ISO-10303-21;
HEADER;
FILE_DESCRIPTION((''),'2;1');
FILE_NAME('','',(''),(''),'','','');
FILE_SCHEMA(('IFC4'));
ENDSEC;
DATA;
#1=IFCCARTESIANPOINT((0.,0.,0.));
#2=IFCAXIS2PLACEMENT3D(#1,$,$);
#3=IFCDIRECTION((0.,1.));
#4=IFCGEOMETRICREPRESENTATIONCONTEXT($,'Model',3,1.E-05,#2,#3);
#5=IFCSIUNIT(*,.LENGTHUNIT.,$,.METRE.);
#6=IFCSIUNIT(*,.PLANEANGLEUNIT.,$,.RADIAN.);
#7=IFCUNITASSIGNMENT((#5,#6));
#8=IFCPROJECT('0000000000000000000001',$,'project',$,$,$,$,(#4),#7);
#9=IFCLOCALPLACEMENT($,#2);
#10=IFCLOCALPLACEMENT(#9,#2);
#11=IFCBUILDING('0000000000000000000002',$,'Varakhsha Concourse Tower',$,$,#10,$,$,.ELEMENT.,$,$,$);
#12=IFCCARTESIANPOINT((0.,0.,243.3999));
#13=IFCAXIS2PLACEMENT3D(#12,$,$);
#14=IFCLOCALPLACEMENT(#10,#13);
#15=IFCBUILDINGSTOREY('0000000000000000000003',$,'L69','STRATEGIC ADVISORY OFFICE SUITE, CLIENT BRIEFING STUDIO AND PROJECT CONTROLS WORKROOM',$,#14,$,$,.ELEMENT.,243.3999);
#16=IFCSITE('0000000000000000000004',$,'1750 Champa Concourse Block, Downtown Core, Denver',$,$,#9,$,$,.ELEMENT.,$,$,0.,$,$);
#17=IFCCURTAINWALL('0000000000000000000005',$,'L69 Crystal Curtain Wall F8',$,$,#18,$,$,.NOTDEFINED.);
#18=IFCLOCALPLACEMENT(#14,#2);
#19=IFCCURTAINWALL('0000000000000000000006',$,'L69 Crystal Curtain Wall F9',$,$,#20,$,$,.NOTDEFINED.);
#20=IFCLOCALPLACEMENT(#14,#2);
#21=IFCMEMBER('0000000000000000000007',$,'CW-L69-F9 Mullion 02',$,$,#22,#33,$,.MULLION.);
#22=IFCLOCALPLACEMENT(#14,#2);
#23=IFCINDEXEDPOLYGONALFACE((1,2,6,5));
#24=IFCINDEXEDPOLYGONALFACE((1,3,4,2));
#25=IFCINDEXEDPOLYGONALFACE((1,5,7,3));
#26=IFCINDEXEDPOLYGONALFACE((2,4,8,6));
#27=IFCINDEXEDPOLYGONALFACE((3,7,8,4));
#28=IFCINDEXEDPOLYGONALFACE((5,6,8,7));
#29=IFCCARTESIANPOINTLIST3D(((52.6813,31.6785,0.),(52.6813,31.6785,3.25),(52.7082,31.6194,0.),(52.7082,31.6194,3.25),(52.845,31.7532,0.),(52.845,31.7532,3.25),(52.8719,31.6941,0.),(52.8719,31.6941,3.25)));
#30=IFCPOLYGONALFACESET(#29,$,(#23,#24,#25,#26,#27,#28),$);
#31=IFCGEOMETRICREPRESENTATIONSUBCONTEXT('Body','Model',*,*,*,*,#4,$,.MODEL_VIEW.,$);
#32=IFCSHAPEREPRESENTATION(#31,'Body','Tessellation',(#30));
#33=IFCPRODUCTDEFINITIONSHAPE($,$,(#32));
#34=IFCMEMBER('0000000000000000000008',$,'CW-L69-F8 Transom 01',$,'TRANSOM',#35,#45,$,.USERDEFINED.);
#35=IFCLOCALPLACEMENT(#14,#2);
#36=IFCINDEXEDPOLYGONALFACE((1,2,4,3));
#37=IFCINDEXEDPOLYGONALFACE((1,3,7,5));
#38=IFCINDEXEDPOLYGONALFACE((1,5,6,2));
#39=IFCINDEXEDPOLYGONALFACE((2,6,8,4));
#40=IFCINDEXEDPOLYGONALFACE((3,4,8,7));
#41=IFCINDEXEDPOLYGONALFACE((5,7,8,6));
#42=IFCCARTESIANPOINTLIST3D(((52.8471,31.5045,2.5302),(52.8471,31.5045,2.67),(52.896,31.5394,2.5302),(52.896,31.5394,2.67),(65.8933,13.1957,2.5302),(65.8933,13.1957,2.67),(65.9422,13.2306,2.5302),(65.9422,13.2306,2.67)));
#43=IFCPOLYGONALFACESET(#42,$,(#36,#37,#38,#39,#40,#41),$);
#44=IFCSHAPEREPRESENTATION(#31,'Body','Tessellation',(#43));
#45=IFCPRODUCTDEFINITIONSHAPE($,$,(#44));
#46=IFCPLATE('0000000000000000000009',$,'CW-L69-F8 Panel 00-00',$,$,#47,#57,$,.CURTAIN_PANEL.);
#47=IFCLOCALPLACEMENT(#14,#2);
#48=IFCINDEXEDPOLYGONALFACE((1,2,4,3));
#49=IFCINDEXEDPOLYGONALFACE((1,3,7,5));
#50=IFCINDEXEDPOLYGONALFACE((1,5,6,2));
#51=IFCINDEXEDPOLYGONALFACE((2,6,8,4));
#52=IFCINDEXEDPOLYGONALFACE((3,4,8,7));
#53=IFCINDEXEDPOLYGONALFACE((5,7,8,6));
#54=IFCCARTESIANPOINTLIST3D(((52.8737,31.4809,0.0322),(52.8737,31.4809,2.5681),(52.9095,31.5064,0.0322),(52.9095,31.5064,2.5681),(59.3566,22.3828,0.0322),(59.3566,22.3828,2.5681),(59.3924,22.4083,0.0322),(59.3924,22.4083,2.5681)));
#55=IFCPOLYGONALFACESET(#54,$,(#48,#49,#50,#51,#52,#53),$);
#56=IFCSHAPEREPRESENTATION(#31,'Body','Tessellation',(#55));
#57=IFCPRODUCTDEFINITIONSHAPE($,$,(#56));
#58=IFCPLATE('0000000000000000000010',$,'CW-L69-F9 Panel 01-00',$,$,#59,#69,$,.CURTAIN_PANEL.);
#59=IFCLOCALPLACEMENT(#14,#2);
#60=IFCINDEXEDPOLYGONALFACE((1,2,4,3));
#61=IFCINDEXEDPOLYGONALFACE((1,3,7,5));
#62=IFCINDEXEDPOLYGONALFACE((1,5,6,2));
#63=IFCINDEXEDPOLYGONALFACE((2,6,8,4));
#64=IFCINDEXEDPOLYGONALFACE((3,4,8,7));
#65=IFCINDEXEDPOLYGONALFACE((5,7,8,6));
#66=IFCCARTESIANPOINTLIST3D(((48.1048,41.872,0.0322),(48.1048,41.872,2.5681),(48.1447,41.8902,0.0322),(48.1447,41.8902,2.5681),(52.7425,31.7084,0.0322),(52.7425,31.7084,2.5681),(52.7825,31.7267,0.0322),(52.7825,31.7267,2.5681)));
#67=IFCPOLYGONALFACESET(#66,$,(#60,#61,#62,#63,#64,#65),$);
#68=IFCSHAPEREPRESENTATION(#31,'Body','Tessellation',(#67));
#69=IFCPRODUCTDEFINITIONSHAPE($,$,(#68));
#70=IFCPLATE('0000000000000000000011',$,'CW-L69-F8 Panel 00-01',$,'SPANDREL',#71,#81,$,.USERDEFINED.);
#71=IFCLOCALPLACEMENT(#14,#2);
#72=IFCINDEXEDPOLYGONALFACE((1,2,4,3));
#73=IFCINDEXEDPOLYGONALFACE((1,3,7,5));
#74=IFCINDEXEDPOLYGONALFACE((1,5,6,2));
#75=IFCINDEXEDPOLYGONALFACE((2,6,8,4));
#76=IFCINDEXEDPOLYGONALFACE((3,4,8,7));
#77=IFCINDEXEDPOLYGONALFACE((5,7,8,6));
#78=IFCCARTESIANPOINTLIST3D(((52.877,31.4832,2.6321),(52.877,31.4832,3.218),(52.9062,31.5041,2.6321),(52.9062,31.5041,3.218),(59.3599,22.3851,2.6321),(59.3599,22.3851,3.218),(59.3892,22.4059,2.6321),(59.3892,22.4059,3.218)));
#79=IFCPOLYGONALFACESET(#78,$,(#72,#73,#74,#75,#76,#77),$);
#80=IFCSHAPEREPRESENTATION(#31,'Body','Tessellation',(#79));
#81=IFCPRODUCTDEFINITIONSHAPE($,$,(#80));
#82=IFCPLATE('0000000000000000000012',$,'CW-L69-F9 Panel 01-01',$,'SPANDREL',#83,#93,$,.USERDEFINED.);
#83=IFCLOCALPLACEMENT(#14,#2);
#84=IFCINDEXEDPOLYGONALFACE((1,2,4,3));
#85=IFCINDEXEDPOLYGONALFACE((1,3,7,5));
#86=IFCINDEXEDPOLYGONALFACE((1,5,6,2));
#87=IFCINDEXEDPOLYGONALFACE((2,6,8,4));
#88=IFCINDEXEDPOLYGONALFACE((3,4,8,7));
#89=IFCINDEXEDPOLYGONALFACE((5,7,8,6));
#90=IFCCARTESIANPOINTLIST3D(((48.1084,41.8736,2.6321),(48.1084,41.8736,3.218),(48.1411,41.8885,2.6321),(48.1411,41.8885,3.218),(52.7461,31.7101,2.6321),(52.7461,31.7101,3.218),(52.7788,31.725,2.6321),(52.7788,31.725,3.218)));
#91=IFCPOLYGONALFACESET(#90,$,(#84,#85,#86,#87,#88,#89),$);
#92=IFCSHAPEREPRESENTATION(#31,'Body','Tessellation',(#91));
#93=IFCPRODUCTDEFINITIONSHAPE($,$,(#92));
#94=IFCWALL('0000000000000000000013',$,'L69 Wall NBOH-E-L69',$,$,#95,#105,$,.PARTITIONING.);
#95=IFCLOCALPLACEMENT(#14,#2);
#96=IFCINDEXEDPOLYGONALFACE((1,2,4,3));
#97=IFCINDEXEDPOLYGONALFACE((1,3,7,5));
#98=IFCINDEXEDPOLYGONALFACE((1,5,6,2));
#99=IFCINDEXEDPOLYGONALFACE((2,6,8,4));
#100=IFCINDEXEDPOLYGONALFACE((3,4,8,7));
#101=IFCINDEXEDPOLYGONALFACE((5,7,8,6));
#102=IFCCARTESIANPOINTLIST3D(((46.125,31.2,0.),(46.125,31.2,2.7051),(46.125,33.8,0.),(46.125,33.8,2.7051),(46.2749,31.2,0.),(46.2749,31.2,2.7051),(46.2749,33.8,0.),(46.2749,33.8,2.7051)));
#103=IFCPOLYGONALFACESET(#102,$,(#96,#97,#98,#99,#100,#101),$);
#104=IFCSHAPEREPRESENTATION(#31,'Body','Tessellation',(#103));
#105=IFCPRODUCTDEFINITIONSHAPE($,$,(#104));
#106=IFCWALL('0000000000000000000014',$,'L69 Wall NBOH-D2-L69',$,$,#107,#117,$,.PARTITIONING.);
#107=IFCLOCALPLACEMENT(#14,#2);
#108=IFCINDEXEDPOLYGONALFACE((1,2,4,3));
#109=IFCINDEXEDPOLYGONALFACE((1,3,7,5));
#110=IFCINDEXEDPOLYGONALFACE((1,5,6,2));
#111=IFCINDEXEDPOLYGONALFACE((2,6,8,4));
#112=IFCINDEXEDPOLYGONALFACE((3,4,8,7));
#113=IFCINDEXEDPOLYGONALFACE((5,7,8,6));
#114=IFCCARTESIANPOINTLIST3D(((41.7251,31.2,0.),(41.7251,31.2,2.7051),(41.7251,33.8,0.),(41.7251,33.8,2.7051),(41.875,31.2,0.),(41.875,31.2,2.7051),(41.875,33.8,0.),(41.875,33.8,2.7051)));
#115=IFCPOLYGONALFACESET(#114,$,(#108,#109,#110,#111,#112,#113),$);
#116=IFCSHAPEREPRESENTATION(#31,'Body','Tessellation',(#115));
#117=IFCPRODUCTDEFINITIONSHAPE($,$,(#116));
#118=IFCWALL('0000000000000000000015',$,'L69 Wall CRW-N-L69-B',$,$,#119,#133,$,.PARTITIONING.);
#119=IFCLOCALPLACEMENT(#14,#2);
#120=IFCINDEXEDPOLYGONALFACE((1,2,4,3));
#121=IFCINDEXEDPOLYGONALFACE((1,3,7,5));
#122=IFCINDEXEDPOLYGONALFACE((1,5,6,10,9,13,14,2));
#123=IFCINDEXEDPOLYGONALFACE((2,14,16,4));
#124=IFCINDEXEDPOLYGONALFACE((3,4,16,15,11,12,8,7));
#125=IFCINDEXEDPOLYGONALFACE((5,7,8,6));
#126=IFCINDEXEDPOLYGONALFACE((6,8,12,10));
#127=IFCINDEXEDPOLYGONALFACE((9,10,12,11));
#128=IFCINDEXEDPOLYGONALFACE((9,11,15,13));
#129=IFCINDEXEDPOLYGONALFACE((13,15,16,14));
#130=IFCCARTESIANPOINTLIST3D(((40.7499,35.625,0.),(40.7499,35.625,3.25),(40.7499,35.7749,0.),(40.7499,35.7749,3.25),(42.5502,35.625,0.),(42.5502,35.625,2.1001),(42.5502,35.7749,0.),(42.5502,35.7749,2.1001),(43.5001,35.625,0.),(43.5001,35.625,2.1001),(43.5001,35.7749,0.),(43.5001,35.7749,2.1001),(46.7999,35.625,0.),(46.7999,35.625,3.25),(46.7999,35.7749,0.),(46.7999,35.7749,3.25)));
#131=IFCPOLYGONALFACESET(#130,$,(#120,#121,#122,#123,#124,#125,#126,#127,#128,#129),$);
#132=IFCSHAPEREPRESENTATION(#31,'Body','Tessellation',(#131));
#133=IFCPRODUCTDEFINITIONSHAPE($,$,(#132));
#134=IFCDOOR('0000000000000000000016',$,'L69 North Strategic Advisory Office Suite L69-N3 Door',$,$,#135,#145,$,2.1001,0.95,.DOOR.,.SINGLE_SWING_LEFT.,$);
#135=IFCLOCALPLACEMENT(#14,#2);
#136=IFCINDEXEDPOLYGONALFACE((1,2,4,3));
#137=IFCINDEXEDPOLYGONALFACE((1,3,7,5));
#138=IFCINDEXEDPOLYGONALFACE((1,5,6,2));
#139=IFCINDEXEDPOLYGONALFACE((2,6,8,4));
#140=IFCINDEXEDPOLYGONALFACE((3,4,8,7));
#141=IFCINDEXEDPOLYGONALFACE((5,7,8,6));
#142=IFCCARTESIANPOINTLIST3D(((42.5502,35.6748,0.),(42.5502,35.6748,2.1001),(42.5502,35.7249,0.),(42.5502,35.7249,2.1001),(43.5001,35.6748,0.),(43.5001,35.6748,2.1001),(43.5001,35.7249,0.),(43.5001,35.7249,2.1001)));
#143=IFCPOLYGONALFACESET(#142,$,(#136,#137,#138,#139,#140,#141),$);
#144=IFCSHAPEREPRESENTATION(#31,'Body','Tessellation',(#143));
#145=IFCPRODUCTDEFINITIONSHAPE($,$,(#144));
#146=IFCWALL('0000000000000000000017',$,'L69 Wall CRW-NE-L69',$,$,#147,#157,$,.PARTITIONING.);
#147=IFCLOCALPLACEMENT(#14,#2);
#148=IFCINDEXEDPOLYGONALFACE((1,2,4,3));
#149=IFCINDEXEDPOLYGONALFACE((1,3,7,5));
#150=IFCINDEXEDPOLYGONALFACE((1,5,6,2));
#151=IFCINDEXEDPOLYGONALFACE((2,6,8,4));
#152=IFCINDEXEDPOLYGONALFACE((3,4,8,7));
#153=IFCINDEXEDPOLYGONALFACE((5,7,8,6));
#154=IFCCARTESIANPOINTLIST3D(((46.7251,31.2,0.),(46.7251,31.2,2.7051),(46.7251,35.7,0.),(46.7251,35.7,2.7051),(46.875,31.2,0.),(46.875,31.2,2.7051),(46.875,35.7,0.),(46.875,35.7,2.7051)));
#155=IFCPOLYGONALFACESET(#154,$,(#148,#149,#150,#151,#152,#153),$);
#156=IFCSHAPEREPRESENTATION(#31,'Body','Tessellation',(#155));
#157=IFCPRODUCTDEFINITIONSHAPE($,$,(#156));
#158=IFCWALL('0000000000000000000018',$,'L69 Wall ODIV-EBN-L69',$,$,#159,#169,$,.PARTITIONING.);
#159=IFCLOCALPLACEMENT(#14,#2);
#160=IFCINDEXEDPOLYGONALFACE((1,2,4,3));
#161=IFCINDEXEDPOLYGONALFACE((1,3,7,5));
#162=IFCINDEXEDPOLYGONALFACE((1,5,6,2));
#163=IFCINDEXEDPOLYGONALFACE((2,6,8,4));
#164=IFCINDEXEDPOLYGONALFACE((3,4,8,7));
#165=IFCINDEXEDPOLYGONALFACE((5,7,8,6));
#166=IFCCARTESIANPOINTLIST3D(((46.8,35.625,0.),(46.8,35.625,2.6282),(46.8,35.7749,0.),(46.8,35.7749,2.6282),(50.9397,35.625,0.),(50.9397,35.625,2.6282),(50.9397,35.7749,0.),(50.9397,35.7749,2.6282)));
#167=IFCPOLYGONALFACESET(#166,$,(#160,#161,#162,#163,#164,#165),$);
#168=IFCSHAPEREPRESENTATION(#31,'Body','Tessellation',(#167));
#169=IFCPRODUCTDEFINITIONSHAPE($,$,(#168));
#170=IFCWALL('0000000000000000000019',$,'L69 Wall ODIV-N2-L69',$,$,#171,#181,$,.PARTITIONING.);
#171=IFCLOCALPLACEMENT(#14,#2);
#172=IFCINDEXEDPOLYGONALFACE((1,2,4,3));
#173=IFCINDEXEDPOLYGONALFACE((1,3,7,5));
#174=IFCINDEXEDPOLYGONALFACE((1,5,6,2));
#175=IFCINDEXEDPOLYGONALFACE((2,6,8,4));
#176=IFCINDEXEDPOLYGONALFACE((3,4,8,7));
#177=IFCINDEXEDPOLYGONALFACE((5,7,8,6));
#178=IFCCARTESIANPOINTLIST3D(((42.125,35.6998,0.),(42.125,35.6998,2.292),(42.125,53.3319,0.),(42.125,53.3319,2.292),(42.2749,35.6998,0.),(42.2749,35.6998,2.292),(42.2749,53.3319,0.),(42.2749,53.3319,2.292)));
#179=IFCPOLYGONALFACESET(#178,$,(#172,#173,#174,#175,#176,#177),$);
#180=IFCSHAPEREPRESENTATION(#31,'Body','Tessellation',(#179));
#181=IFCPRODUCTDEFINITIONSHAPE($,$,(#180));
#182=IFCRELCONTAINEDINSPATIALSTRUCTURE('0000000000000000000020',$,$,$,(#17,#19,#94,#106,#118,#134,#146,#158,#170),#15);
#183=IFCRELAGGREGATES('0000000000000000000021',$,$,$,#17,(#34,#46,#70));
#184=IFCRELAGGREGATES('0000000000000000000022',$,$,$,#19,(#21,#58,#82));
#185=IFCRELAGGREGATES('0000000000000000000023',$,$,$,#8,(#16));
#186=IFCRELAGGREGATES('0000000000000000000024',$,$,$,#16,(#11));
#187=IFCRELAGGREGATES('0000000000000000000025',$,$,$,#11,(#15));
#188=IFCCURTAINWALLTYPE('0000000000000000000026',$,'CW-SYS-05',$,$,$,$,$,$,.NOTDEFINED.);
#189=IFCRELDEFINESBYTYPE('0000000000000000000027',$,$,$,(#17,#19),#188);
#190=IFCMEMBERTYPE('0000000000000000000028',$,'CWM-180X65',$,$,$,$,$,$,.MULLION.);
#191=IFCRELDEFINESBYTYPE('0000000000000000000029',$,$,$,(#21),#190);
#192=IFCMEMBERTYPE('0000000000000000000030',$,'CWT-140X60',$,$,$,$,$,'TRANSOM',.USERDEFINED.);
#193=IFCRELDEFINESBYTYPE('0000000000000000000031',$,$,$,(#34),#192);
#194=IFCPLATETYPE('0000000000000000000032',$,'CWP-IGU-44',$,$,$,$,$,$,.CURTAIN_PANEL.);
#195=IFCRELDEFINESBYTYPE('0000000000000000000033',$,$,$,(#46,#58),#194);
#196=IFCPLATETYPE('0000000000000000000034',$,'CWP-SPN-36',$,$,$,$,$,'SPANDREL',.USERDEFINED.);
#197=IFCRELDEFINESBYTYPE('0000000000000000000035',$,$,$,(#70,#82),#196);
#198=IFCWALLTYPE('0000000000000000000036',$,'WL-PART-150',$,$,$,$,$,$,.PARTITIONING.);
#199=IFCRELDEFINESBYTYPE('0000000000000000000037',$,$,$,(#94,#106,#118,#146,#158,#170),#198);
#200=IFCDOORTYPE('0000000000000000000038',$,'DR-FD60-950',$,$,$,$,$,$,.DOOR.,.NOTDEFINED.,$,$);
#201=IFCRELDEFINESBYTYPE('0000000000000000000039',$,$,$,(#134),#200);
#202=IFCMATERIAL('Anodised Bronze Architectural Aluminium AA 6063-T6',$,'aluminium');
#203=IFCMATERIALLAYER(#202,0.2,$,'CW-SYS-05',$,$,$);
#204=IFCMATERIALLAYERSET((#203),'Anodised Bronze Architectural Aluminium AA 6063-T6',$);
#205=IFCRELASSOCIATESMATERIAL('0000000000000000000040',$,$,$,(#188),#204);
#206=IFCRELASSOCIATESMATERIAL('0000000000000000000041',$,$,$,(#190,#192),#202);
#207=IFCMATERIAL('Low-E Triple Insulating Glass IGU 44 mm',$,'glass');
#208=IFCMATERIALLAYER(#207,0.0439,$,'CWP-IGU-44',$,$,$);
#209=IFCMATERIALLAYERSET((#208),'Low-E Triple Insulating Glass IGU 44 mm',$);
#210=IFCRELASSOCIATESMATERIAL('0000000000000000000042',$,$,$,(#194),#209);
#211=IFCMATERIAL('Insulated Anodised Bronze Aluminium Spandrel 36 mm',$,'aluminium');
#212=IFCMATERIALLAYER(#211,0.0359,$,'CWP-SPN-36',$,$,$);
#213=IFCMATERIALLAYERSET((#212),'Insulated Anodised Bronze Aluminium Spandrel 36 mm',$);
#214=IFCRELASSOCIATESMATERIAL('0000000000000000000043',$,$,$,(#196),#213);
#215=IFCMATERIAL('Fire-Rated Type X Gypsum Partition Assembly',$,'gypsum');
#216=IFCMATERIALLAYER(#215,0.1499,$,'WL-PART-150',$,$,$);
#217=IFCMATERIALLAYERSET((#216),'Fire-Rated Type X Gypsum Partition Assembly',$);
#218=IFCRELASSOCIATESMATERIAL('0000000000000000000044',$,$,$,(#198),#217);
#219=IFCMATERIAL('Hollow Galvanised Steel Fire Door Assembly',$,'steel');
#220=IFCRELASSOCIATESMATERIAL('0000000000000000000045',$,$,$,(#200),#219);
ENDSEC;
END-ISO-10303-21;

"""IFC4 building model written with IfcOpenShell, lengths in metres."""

from ifc_helpers import new_model, si_unit, direction, frame, frame_2d, origin, origin_2d, place, context, subcontext, project, spatial, rectangle, extrude, source, transform, mapped, material, layer, layer_set, material_profile, profile_set, type_object, type_shapes, element, fill, aggregate, save


model = new_model("IFC4")

# Units and contexts
model_context = context("Model", 3, precision=1e-05, world=origin(), true_north=direction((0.0, 1.0)))
body_context = subcontext(model_context, "Body", "Model", "MODEL_VIEW")
ifc_project = project(units=[si_unit("LENGTHUNIT", "METRE"), si_unit("PLANEANGLEUNIT", "RADIAN")], contexts=[model_context])

# Site, building, storey
site_placement = place(None, origin())
site = spatial("IfcSite", under=ifc_project, at=site_placement, Name="1750 Champa Concourse Block, Downtown Core, Denver", CompositionType="ELEMENT", RefElevation=0.0)
building_placement = place(site_placement, origin())
building = spatial("IfcBuilding", under=site, at=building_placement, Name="Varakhsha Concourse Tower", CompositionType="ELEMENT")
storey_placement = place(building_placement, frame((0.0, 0.0, 243.3999)))
storey = spatial("IfcBuildingStorey", under=building, at=storey_placement, Name="L69", Description="STRATEGIC ADVISORY OFFICE SUITE, CLIENT BRIEFING STUDIO AND PROJECT CONTROLS WORKROOM", CompositionType="ELEMENT", Elevation=243.3999)

# Curtain wall
ifc_material_1 = material(Name="Anodised Bronze Architectural Aluminium AA 6063-T6", Category="aluminium")
ifc_layer_1 = layer(ifc_material_1, 0.2, Name="CW-SYS-05")
ifc_layer_set_1 = layer_set([ifc_layer_1], Name="Anodised Bronze Architectural Aluminium AA 6063-T6")
curtain_wall_type = type_object("IfcCurtainWallType", Name="CW-SYS-05", PredefinedType="NOTDEFINED", material=ifc_layer_set_1)
curtain_wall_1_placement = place(storey_placement, origin())
curtain_wall_1 = element("IfcCurtainWall", 1, at=curtain_wall_1_placement, inside=storey, type_object=curtain_wall_type, Name="L69 Crystal Curtain Wall F8", PredefinedType="NOTDEFINED")
ifc_material_profile_1 = material_profile(ifc_material_1, rectangle(XDim=0.0649, YDim=0.1799, at=origin_2d()), Name="CWM-180X65")
ifc_profile_set_1 = profile_set([ifc_material_profile_1], Name="Anodised Bronze Architectural Aluminium AA 6063-T6")
member_type_1 = type_object("IfcMemberType", Name="CWM-180X65", PredefinedType="MULLION", material=ifc_profile_set_1)
shared_shape_1 = source(origin(), body_context, "Body", "SweptSolid", [
    extrude(rectangle(XDim=0.0649, YDim=0.1799, at=origin_2d()), origin(), (0.0, 0.0, 1.0), 3.25),
])
type_shapes(member_type_1, [shared_shape_1])

# Curtain wall, member
curtain_wall_2_placement = place(storey_placement, origin())
curtain_wall_2 = element("IfcCurtainWall", 2, at=curtain_wall_2_placement, inside=storey, type_object=curtain_wall_type, Name="L69 Crystal Curtain Wall F9", PredefinedType="NOTDEFINED")
member_1_placement = place(storey_placement, frame((52.7766, 31.6863, 0.0), z_axis=(0.0, 0.0, 1.0), x_axis=(0.415133, -0.909761, 0.0)))
member_1 = element("IfcMember", 3, at=member_1_placement, type_object=member_type_1, Name="CW-L69-F9 Mullion 02", PredefinedType="MULLION", context=body_context, shape_type="MappedRepresentation", body=[
    mapped(shared_shape_1, transform((0.0, 0.0, 0.0), scale=1.0)),
])

# Member
ifc_material_profile_2 = material_profile(ifc_material_1, rectangle(XDim=0.0601, YDim=0.1399, at=origin_2d()), Name="CWT-140X60")
ifc_profile_set_2 = profile_set([ifc_material_profile_2], Name="Anodised Bronze Architectural Aluminium AA 6063-T6")
member_type_2 = type_object("IfcMemberType", Name="CWT-140X60", ElementType="TRANSOM", PredefinedType="USERDEFINED", material=ifc_profile_set_2)
shared_shape_2 = source(origin(), body_context, "Body", "SweptSolid", [
    extrude(rectangle(XDim=0.0601, YDim=0.1399, at=origin_2d()), origin(), (0.0, 0.0, 1.0), 22.4814),
])
type_shapes(member_type_2, [shared_shape_2])
member_2_placement = place(storey_placement, frame((52.8716, 31.522, 2.6001), z_axis=(0.580307, -0.814398, 0.0), x_axis=(0.814398, 0.580307, 0.0)))
member_2 = element("IfcMember", 4, at=member_2_placement, type_object=member_type_2, Name="CW-L69-F8 Transom 01", ObjectType="TRANSOM", PredefinedType="USERDEFINED", context=body_context, shape_type="MappedRepresentation", body=[
    mapped(shared_shape_2, transform((0.0, 0.0, 0.0), scale=1.0)),
])

# Plates
ifc_material_2 = material(Name="Low-E Triple Insulating Glass IGU 44 mm", Category="glass")
ifc_layer_2 = layer(ifc_material_2, 0.0439, Name="CWP-IGU-44")
ifc_layer_set_2 = layer_set([ifc_layer_2], Name="Low-E Triple Insulating Glass IGU 44 mm")
plate_type_1 = type_object("IfcPlateType", Name="CWP-IGU-44", PredefinedType="CURTAIN_PANEL", material=ifc_layer_set_2)
shared_shape_3 = source(origin(), body_context, "Body", "SweptSolid", [
    extrude(rectangle(XDim=11.1716, YDim=0.0439, at=origin_2d()), origin(), (0.0, 0.0, 1.0), 2.5359),
])
type_shapes(plate_type_1, [shared_shape_3])
plate_1_placement = place(storey_placement, frame((56.1331, 26.9446, 0.0322), z_axis=(0.0, 0.0, 1.0), x_axis=(0.580306, -0.814398, 0.0)))
plate_1 = element("IfcPlate", 5, at=plate_1_placement, type_object=plate_type_1, Name="CW-L69-F8 Panel 00-00", PredefinedType="CURTAIN_PANEL", context=body_context, shape_type="MappedRepresentation", body=[
    mapped(shared_shape_3, transform((0.0, 0.0, 0.0), scale=1.0)),
])
plate_2_placement = place(storey_placement, frame((50.4436, 36.7993, 0.0322), z_axis=(0.0, 0.0, 1.0), x_axis=(0.415133, -0.909761, 0.0)))
plate_2 = element("IfcPlate", 6, at=plate_2_placement, type_object=plate_type_1, Name="CW-L69-F9 Panel 01-00", PredefinedType="CURTAIN_PANEL", context=body_context, shape_type="MappedRepresentation", body=[
    mapped(shared_shape_3, transform((0.0, 0.0, 0.0), scale=1.0)),
])
ifc_material_3 = material(Name="Insulated Anodised Bronze Aluminium Spandrel 36 mm", Category="aluminium")
ifc_layer_3 = layer(ifc_material_3, 0.0359, Name="CWP-SPN-36")
ifc_layer_set_3 = layer_set([ifc_layer_3], Name="Insulated Anodised Bronze Aluminium Spandrel 36 mm")
plate_type_2 = type_object("IfcPlateType", Name="CWP-SPN-36", ElementType="SPANDREL", PredefinedType="USERDEFINED", material=ifc_layer_set_3)
shared_shape_4 = source(origin(), body_context, "Body", "SweptSolid", [
    extrude(rectangle(XDim=11.1716, YDim=0.0359, at=origin_2d()), origin(), (0.0, 0.0, 1.0), 0.5859),
])
type_shapes(plate_type_2, [shared_shape_4])
plate_3_placement = place(storey_placement, frame((56.1331, 26.9446, 2.6321), z_axis=(0.0, 0.0, 1.0), x_axis=(0.580306, -0.814398, 0.0)))
plate_3 = element("IfcPlate", 7, at=plate_3_placement, type_object=plate_type_2, Name="CW-L69-F8 Panel 00-01", ObjectType="SPANDREL", PredefinedType="USERDEFINED", context=body_context, shape_type="MappedRepresentation", body=[
    mapped(shared_shape_4, transform((0.0, 0.0, 0.0), scale=1.0)),
])
aggregate(curtain_wall_1, [member_2, plate_1, plate_3])
plate_4_placement = place(storey_placement, frame((50.4436, 36.7993, 2.6321), z_axis=(0.0, 0.0, 1.0), x_axis=(0.415133, -0.909761, 0.0)))
plate_4 = element("IfcPlate", 8, at=plate_4_placement, type_object=plate_type_2, Name="CW-L69-F9 Panel 01-01", ObjectType="SPANDREL", PredefinedType="USERDEFINED", context=body_context, shape_type="MappedRepresentation", body=[
    mapped(shared_shape_4, transform((0.0, 0.0, 0.0), scale=1.0)),
])
aggregate(curtain_wall_2, [member_1, plate_2, plate_4])

# Walls
ifc_material_4 = material(Name="Fire-Rated Type X Gypsum Partition Assembly", Category="gypsum")
ifc_layer_4 = layer(ifc_material_4, 0.1499, Name="WL-PART-150")
ifc_layer_set_4 = layer_set([ifc_layer_4], Name="Fire-Rated Type X Gypsum Partition Assembly")
wall_type_1 = type_object("IfcWallType", Name="WL-PART-150", PredefinedType="PARTITIONING", material=ifc_layer_set_4)
for number, where, z_axis, x_axis, name in (
    (9, (46.2, 31.2, 0.0), (0.0, 0.0, 1.0), (0.0, 1.0, 0.0), "L69 Wall NBOH-E-L69"),
    (10, (41.8, 31.2, 0.0), (0.0, 0.0, 1.0), (0.0, 1.0, 0.0), "L69 Wall NBOH-D2-L69"),
):
    element("IfcWall", number, at=place(storey_placement, frame(where, z_axis=z_axis, x_axis=x_axis)), inside=storey, type_object=wall_type_1, Name=name, PredefinedType="PARTITIONING", context=body_context, shape_type="SweptSolid", body=[
        extrude(rectangle(XDim=2.6001, YDim=0.1499, at=frame_2d((1.3, 0.0))), origin(), (0.0, 0.0, 1.0), 2.7051),
    ])

# Wall, opening, door
wall_1_placement = place(storey_placement, frame((40.75, 35.7, 0.0), z_axis=(0.0, 0.0, 1.0), x_axis=(1.0, 0.0, 0.0)))
wall_1 = element("IfcWall", 11, at=wall_1_placement, inside=storey, type_object=wall_type_1, Name="L69 Wall CRW-N-L69-B", PredefinedType="PARTITIONING", context=body_context, shape_type="SweptSolid", body=[
    extrude(rectangle(XDim=6.05, YDim=0.1499, at=frame_2d((3.0249, 0.0))), origin(), (0.0, 0.0, 1.0), 3.25),
])
opening_placement = place(wall_1_placement, frame((1.8, 0.0, 0.0)))
opening = element("IfcOpeningElement", 12, at=opening_placement, cuts=wall_1, PredefinedType="OPENING", context=body_context, shape_type="SweptSolid", body=[
    extrude(rectangle(XDim=0.95, YDim=2.1001, at=frame_2d((0.4751, 1.05))), frame((0.0, 0.085, 0.0), z_axis=(0.0, -1.0, 0.0), x_axis=(1.0, 0.0, 0.0)), (0.0, 0.0, 1.0), 0.1699),
])
ifc_material_5 = material(Name="Hollow Galvanised Steel Fire Door Assembly", Category="steel")
door_type = type_object("IfcDoorType", Name="DR-FD60-950", OperationType="NOTDEFINED", PredefinedType="DOOR", material=ifc_material_5)
door_placement = place(opening_placement, origin())
door = element("IfcDoor", 13, at=door_placement, inside=storey, type_object=door_type, Name="L69 North Strategic Advisory Office Suite L69-N3 Door", OperationType="SINGLE_SWING_LEFT", OverallHeight=2.1001, OverallWidth=0.95, PredefinedType="DOOR", context=body_context, shape_type="SweptSolid", body=[
    extrude(rectangle(XDim=0.95, YDim=2.1001, at=frame_2d((0.4751, 1.05))), frame((0.0, 0.0249, 0.0), z_axis=(0.0, -1.0, 0.0), x_axis=(1.0, 0.0, 0.0)), (0.0, 0.0, 1.0), 0.05),
])
fill(opening, door)

# Walls
wall_2_placement = place(storey_placement, frame((46.8, 31.2, 0.0), z_axis=(0.0, 0.0, 1.0), x_axis=(0.0, 1.0, 0.0)))
element("IfcWall", 14, at=wall_2_placement, inside=storey, type_object=wall_type_1, Name="L69 Wall CRW-NE-L69", PredefinedType="PARTITIONING", context=body_context, shape_type="SweptSolid", body=[
    extrude(rectangle(XDim=4.5, YDim=0.1499, at=frame_2d((2.25, 0.0))), origin(), (0.0, 0.0, 1.0), 2.7051),
])
wall_3_placement = place(storey_placement, frame((46.8, 35.7, 0.0), z_axis=(0.0, 0.0, 1.0), x_axis=(1.0, 0.0, 0.0)))
element("IfcWall", 15, at=wall_3_placement, inside=storey, type_object=wall_type_1, Name="L69 Wall ODIV-EBN-L69", PredefinedType="PARTITIONING", context=body_context, shape_type="SweptSolid", body=[
    extrude(rectangle(XDim=4.1396, YDim=0.1499, at=frame_2d((2.0698, 0.0))), origin(), (0.0, 0.0, 1.0), 2.6282),
])
wall_4_placement = place(storey_placement, frame((42.2, 35.7, 0.0), z_axis=(0.0, 0.0, 1.0), x_axis=(0.0, 1.0, 0.0)))
element("IfcWall", 16, at=wall_4_placement, inside=storey, type_object=wall_type_1, Name="L69 Wall ODIV-N2-L69", PredefinedType="PARTITIONING", context=body_context, shape_type="SweptSolid", body=[
    extrude(rectangle(XDim=17.6321, YDim=0.1499, at=frame_2d((8.8159, 0.0))), origin(), (0.0, 0.0, 1.0), 2.292),
])

save(model, "model.ifc")
